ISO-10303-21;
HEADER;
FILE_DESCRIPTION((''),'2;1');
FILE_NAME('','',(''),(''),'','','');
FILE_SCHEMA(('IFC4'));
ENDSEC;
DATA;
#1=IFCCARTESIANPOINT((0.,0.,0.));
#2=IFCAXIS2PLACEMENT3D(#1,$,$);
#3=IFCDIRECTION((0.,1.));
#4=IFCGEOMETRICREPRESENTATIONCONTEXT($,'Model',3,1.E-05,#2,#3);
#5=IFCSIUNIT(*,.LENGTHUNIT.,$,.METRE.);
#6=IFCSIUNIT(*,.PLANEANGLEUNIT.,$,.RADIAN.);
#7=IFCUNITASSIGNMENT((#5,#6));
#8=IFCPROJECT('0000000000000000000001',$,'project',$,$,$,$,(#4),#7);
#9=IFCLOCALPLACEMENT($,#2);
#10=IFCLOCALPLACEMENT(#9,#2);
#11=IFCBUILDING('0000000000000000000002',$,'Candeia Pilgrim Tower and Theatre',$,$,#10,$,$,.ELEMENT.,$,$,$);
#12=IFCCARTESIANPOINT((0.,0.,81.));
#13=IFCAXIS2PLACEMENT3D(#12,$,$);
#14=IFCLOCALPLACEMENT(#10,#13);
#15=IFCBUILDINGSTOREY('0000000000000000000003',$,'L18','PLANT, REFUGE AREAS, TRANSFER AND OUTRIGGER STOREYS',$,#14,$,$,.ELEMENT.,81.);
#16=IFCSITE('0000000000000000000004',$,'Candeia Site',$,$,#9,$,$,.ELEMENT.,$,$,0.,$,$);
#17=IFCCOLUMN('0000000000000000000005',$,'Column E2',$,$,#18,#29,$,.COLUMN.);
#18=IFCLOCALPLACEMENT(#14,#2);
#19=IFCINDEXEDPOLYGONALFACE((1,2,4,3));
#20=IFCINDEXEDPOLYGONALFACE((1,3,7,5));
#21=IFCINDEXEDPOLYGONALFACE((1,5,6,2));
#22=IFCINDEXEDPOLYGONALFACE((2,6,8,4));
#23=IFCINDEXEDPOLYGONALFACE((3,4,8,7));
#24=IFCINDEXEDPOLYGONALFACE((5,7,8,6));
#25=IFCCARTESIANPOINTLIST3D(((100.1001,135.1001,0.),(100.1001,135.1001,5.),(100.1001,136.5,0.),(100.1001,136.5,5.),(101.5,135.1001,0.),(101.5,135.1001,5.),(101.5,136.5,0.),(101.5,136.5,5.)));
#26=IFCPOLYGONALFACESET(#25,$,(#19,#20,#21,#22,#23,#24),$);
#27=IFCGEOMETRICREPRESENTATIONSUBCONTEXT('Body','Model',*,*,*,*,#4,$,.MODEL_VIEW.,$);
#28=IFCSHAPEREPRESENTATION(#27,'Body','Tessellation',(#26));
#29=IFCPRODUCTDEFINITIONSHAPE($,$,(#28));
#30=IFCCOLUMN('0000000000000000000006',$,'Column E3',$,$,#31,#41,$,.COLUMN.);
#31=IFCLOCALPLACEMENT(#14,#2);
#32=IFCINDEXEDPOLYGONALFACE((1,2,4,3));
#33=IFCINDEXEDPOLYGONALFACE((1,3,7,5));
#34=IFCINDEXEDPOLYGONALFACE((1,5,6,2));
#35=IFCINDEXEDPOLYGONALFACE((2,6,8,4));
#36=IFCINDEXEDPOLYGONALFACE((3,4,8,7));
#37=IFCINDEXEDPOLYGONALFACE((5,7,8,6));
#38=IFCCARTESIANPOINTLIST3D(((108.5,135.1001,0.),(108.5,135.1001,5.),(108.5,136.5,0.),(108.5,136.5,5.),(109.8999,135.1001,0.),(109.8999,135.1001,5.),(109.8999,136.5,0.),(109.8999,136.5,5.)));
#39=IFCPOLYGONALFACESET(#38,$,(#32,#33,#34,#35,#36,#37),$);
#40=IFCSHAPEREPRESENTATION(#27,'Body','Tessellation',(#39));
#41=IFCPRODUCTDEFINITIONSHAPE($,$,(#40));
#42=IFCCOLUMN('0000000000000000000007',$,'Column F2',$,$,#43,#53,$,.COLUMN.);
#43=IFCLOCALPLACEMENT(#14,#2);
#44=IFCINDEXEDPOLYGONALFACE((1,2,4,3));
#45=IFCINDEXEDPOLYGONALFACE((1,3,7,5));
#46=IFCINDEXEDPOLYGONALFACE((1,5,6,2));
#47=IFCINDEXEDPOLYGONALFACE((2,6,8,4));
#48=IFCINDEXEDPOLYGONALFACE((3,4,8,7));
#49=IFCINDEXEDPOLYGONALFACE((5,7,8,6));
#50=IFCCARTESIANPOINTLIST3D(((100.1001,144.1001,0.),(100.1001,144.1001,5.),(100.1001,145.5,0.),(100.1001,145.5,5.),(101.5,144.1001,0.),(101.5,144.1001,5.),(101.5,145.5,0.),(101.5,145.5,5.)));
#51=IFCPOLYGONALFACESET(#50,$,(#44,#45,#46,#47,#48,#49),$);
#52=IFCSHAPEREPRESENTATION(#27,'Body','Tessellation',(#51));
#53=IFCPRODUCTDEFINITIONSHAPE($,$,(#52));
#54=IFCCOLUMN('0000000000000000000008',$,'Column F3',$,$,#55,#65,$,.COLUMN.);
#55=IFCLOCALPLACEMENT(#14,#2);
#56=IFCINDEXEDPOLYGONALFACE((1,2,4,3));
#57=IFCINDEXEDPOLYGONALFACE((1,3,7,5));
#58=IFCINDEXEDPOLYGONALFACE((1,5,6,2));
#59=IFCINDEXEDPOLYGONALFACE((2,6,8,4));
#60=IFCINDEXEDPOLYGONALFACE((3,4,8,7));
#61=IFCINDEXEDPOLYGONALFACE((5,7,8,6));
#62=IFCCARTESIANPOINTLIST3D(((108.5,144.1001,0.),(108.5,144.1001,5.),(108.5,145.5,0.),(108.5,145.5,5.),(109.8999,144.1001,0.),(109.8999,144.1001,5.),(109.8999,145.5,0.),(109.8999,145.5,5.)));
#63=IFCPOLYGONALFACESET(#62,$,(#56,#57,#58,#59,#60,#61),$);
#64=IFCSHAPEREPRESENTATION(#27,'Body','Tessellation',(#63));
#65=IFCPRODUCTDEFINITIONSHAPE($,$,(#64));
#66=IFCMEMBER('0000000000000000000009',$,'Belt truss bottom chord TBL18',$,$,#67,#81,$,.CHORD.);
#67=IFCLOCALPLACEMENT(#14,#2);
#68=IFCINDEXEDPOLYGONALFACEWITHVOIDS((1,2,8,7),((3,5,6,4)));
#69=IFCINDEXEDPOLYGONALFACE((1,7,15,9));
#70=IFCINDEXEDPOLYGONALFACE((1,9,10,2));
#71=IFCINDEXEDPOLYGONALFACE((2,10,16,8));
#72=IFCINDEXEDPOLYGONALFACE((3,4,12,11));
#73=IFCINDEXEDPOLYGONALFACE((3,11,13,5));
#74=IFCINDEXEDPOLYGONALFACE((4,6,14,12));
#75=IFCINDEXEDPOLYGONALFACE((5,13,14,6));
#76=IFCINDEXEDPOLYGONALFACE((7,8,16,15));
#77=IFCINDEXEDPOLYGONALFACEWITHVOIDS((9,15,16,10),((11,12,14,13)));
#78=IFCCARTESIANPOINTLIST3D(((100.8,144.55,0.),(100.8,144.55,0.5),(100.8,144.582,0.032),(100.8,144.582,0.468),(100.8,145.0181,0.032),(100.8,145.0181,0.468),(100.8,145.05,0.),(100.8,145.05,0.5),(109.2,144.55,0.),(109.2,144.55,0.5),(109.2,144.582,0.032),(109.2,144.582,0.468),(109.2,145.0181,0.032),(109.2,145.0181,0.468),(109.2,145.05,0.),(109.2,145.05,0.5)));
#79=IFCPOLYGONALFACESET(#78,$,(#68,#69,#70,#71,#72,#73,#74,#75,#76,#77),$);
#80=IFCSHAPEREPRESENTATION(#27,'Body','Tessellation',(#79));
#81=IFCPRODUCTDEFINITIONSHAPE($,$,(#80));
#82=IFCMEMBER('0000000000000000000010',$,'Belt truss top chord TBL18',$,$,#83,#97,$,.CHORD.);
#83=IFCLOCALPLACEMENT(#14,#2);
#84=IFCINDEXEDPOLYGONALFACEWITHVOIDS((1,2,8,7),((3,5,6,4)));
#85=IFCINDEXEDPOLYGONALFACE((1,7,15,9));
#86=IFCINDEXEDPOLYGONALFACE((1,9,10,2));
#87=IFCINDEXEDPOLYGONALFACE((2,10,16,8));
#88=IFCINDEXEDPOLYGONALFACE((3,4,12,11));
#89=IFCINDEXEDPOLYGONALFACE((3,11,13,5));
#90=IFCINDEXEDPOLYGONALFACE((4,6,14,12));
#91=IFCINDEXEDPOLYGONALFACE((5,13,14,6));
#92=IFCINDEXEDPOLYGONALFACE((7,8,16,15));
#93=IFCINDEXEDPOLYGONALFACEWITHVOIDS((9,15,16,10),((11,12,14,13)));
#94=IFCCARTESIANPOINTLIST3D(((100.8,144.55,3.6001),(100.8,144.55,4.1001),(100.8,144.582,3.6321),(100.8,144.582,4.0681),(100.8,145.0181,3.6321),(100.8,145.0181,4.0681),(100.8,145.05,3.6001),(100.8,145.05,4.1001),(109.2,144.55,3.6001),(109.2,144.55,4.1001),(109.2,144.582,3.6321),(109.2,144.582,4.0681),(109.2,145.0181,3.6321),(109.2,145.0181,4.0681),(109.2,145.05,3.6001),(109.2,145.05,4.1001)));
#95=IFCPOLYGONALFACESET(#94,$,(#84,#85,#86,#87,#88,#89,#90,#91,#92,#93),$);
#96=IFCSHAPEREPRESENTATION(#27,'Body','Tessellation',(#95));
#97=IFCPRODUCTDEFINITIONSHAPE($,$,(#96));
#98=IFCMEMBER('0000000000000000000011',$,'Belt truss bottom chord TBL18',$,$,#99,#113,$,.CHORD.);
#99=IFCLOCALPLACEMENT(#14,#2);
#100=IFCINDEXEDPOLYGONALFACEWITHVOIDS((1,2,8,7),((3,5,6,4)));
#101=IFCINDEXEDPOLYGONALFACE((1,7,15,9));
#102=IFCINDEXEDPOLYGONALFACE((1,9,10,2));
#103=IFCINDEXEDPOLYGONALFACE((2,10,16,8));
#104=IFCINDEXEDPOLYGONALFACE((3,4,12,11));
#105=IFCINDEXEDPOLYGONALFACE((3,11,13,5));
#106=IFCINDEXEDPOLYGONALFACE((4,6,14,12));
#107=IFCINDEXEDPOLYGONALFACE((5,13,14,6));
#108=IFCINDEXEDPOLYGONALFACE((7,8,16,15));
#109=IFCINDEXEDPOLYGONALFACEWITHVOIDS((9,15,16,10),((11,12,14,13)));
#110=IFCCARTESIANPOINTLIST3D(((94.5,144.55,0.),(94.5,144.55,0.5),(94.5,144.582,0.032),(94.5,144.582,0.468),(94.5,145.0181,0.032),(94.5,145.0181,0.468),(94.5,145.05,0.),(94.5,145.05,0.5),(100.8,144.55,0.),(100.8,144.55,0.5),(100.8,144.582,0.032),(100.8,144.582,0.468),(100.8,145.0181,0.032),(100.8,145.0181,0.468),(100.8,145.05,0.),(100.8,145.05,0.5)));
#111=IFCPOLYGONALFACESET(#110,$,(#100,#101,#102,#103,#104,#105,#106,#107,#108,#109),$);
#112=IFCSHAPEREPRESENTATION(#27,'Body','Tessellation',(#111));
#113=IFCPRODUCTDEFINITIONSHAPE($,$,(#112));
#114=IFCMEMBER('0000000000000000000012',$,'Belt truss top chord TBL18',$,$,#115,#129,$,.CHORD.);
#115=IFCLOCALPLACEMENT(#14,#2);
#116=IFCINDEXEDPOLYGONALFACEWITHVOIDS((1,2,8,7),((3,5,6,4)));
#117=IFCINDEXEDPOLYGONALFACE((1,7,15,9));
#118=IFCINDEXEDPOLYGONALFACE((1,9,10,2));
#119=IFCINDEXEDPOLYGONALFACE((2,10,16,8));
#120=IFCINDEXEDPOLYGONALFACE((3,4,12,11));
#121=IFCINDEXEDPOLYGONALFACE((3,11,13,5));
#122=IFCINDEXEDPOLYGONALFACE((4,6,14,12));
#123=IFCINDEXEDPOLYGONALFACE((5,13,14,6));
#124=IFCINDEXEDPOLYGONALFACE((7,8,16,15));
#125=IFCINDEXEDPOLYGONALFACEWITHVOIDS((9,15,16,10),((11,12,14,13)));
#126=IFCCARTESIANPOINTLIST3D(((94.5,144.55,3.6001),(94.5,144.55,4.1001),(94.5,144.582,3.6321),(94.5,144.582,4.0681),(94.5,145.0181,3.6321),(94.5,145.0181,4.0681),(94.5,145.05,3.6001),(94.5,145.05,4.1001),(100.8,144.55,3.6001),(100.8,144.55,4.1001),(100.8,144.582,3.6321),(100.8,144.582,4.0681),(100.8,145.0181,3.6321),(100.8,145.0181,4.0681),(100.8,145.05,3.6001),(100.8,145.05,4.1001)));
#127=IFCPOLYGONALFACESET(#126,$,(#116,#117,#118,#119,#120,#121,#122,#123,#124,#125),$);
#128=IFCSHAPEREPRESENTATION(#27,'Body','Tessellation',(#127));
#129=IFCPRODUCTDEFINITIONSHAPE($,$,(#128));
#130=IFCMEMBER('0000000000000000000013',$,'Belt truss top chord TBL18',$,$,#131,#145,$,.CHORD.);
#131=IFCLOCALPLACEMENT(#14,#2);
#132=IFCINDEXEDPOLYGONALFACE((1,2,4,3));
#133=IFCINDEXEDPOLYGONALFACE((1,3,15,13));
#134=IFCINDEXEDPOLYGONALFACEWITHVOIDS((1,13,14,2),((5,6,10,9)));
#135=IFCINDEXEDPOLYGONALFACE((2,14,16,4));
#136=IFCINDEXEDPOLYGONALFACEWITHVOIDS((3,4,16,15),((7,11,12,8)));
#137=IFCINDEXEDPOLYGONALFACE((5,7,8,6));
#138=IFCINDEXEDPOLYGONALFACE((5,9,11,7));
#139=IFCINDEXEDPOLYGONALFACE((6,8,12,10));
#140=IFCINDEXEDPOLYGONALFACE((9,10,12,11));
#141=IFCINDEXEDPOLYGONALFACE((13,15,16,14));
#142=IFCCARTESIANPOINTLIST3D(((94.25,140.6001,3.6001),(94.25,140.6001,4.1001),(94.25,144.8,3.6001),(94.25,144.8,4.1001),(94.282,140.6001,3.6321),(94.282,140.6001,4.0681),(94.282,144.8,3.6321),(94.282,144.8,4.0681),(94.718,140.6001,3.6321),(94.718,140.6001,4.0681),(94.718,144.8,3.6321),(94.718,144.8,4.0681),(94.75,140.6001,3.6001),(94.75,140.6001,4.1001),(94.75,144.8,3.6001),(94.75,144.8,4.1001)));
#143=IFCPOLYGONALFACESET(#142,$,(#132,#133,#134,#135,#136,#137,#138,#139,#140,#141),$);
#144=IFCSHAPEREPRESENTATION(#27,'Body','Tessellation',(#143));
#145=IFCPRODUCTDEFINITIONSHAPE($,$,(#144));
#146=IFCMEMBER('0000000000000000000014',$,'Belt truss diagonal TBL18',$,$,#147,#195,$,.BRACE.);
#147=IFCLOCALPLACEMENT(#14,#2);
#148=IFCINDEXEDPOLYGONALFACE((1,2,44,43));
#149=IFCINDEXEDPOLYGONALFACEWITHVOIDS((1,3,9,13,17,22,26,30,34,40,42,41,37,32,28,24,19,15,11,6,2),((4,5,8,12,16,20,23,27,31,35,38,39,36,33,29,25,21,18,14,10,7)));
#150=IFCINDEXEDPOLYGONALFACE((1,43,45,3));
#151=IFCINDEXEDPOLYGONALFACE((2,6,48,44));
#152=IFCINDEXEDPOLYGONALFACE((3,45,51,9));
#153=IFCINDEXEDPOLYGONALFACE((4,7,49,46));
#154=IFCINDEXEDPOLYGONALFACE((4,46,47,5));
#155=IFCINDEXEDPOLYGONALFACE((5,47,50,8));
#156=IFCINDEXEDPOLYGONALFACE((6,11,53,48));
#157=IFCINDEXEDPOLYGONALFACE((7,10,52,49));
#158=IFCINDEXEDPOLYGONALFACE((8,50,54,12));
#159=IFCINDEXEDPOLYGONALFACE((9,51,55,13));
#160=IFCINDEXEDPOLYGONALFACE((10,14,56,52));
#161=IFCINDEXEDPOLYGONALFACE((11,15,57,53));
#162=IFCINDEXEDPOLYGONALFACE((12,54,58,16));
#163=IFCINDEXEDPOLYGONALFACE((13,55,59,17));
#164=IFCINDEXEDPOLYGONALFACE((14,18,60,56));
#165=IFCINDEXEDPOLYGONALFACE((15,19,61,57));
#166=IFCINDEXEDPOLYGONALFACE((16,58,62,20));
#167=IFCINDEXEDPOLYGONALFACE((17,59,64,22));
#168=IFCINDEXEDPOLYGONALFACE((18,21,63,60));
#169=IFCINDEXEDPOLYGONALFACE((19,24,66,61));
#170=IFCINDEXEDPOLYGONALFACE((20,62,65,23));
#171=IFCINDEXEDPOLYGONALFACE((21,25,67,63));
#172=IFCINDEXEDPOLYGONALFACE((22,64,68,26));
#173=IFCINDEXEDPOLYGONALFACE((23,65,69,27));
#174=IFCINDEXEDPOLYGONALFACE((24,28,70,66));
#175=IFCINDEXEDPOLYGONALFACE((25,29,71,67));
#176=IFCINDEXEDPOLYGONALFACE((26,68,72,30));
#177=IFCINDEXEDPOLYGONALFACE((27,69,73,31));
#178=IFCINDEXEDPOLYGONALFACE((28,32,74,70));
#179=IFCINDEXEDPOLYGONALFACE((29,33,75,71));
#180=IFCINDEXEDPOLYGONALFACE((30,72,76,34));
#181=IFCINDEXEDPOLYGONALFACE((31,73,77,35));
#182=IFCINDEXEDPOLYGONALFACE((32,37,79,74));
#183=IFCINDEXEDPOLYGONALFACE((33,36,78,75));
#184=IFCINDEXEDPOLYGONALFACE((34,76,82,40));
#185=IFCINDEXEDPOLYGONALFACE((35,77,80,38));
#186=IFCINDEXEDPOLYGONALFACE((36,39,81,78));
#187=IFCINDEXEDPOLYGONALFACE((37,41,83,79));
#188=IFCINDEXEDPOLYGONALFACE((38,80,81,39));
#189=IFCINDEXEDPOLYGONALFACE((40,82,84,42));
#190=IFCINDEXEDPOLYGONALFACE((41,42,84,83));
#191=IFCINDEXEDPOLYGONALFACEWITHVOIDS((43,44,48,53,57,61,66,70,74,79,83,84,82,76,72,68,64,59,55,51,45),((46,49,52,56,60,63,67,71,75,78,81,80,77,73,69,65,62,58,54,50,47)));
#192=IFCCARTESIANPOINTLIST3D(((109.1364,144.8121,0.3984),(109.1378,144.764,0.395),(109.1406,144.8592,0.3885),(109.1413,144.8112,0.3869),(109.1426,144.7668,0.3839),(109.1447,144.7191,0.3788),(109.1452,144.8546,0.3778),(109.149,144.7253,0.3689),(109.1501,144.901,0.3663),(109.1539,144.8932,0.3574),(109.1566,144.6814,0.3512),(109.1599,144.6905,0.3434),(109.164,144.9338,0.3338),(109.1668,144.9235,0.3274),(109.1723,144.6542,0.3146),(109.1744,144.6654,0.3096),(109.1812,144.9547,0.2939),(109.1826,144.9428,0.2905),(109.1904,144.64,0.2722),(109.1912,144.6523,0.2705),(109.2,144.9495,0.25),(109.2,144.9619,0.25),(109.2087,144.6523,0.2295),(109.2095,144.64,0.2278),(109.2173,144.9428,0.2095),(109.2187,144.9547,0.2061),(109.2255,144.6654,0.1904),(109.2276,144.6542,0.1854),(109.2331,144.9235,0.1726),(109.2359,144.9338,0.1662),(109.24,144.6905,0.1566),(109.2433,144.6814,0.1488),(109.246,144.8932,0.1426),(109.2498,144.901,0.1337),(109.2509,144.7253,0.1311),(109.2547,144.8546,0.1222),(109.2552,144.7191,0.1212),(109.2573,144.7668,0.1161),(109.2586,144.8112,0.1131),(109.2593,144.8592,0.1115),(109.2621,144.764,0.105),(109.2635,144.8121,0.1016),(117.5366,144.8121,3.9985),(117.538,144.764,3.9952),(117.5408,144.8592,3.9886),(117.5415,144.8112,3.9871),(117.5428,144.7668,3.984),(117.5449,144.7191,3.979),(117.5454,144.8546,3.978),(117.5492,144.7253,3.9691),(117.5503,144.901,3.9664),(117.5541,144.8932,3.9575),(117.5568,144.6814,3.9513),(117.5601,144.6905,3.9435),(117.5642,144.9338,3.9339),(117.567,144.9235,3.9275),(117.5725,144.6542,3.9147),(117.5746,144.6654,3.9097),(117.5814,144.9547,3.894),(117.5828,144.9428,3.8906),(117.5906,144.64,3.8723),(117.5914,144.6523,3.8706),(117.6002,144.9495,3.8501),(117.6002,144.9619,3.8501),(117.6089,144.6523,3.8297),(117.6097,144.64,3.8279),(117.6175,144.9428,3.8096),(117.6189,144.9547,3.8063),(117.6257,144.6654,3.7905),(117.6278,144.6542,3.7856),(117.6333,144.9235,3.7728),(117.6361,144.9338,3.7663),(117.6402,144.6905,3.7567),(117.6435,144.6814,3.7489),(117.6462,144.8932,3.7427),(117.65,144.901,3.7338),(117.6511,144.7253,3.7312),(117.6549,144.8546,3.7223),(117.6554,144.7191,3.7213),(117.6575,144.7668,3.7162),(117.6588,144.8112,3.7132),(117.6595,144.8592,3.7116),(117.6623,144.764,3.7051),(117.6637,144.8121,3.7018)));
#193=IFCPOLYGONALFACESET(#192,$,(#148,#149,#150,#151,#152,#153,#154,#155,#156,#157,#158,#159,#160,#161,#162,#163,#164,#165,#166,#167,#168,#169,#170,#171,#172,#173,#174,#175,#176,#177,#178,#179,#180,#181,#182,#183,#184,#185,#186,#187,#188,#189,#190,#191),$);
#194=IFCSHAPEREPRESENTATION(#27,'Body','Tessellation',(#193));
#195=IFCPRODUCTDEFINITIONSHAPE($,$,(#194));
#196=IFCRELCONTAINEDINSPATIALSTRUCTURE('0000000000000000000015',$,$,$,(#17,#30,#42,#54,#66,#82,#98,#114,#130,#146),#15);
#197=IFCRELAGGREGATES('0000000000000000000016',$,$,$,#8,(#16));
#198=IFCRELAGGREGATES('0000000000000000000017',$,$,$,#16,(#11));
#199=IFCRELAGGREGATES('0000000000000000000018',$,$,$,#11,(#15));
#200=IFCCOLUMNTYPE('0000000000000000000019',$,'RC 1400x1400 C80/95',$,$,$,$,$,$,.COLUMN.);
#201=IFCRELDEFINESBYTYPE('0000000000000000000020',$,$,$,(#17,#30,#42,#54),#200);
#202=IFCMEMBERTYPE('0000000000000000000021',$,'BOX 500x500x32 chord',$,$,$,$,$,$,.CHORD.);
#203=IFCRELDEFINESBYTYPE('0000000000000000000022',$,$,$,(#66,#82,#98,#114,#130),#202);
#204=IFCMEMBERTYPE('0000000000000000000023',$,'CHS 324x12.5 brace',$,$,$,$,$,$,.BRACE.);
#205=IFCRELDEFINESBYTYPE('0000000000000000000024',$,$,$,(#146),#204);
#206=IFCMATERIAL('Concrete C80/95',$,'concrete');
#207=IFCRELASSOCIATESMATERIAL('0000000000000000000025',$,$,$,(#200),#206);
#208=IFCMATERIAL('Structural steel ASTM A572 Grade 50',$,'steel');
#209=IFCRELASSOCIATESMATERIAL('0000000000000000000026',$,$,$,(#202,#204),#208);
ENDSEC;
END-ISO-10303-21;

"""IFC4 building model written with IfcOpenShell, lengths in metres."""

from ifc_helpers import new_model, si_unit, direction, frame, origin, origin_2d, place, context, subcontext, project, spatial, rectangle, hollow_rectangle, hollow_circle, extrude, material, material_profile, profile_set, type_object, element, save


model = new_model("IFC4")

# Units and contexts
model_context = context("Model", 3, precision=1e-05, world=origin(), true_north=direction((0.0, 1.0)))
body_context = subcontext(model_context, "Body", "Model", "MODEL_VIEW")
ifc_project = project(units=[si_unit("LENGTHUNIT", "METRE"), si_unit("PLANEANGLEUNIT", "RADIAN")], contexts=[model_context])

# Site, building, storey
site_placement = place(None, origin())
site = spatial("IfcSite", under=ifc_project, at=site_placement, Name="Candeia Site", CompositionType="ELEMENT", RefElevation=0.0)
building_placement = place(site_placement, origin())
building = spatial("IfcBuilding", under=site, at=building_placement, Name="Candeia Pilgrim Tower and Theatre", CompositionType="ELEMENT")
storey_placement = place(building_placement, frame((0.0, 0.0, 81.0)))
storey = spatial("IfcBuildingStorey", under=building, at=storey_placement, Name="L18", Description="PLANT, REFUGE AREAS, TRANSFER AND OUTRIGGER STOREYS", CompositionType="ELEMENT", Elevation=81.0)

# Columns
ifc_material_1 = material(Name="Concrete C80/95", Category="concrete")
ifc_material_profile_1 = material_profile(ifc_material_1, rectangle(XDim=1.3999, YDim=1.3999, at=origin_2d()))
ifc_profile_set_1 = profile_set([ifc_material_profile_1], Name="Concrete C80/95")
column_type = type_object("IfcColumnType", Name="RC 1400x1400 C80/95", PredefinedType="COLUMN", material=ifc_profile_set_1)
for number, where, z_axis, x_axis, name in (
    (1, (100.8, 135.8, 0.0), (0.0, 0.0, 1.0), (1.0, 0.0, 0.0), "Column E2"),
    (2, (109.2, 135.8, 0.0), (0.0, 0.0, 1.0), (1.0, 0.0, 0.0), "Column E3"),
    (3, (100.8, 144.8, 0.0), (0.0, 0.0, 1.0), (1.0, 0.0, 0.0), "Column F2"),
    (4, (109.2, 144.8, 0.0), (0.0, 0.0, 1.0), (1.0, 0.0, 0.0), "Column F3"),
):
    element("IfcColumn", number, at=place(storey_placement, frame(where, z_axis=z_axis, x_axis=x_axis)), inside=storey, type_object=column_type, Name=name, PredefinedType="COLUMN", context=body_context, shape_type="SweptSolid", body=[
        extrude(rectangle(XDim=1.3999, YDim=1.3999, at=origin_2d()), origin(), (0.0, 0.0, 1.0), 5.0),
    ])

# Members
ifc_material_2 = material(Name="Structural steel ASTM A572 Grade 50", Category="steel")
ifc_material_profile_2 = material_profile(ifc_material_2, hollow_rectangle(XDim=0.5, YDim=0.5, WallThickness=0.032, at=origin_2d()))
ifc_profile_set_2 = profile_set([ifc_material_profile_2], Name="Structural steel ASTM A572 Grade 50")
member_type_1 = type_object("IfcMemberType", Name="BOX 500x500x32 chord", PredefinedType="CHORD", material=ifc_profile_set_2)
for number, where, z_axis, x_axis, name in (
    (5, (109.2, 144.8, 0.25), (-1.0, 0.0, 0.0), (0.0, -1.0, 0.0), "Belt truss bottom chord TBL18"),
    (6, (109.2, 144.8, 3.8501), (-1.0, 0.0, 0.0), (0.0, -1.0, 0.0), "Belt truss top chord TBL18"),
):
    element("IfcMember", number, at=place(storey_placement, frame(where, z_axis=z_axis, x_axis=x_axis)), inside=storey, type_object=member_type_1, Name=name, PredefinedType="CHORD", context=body_context, shape_type="SweptSolid", body=[
        extrude(hollow_rectangle(XDim=0.5, YDim=0.5, WallThickness=0.032, at=origin_2d()), origin(), (0.0, 0.0, 1.0), 8.3999),
    ])
for number, where, z_axis, x_axis, name in (
    (7, (100.8, 144.8, 0.25), (-1.0, 0.0, 0.0), (0.0, -1.0, 0.0), "Belt truss bottom chord TBL18"),
    (8, (100.8, 144.8, 3.8501), (-1.0, 0.0, 0.0), (0.0, -1.0, 0.0), "Belt truss top chord TBL18"),
):
    element("IfcMember", number, at=place(storey_placement, frame(where, z_axis=z_axis, x_axis=x_axis)), inside=storey, type_object=member_type_1, Name=name, PredefinedType="CHORD", context=body_context, shape_type="SweptSolid", body=[
        extrude(hollow_rectangle(XDim=0.5, YDim=0.5, WallThickness=0.032, at=origin_2d()), origin(), (0.0, 0.0, 1.0), 6.3),
    ])
member_1_placement = place(storey_placement, frame((94.5, 144.8, 3.8501), z_axis=(0.0, -1.0, 0.0), x_axis=(1.0, 0.0, 0.0)))
element("IfcMember", 9, at=member_1_placement, inside=storey, type_object=member_type_1, Name="Belt truss top chord TBL18", PredefinedType="CHORD", context=body_context, shape_type="SweptSolid", body=[
    extrude(hollow_rectangle(XDim=0.5, YDim=0.5, WallThickness=0.032, at=origin_2d()), origin(), (0.0, 0.0, 1.0), 4.2),
])
ifc_material_profile_3 = material_profile(ifc_material_2, hollow_circle(Radius=0.1619, WallThickness=0.0125, at=origin_2d()))
ifc_profile_set_3 = profile_set([ifc_material_profile_3], Name="Structural steel ASTM A572 Grade 50")
member_type_2 = type_object("IfcMemberType", Name="CHS 324x12.5 brace", PredefinedType="BRACE", material=ifc_profile_set_3)
member_2_placement = place(storey_placement, frame((109.2, 144.8, 0.25), z_axis=(0.919144, 0.0, 0.393923), x_axis=(0.0, 1.0, 0.0)))
element("IfcMember", 10, at=member_2_placement, inside=storey, type_object=member_type_2, Name="Belt truss diagonal TBL18", PredefinedType="BRACE", context=body_context, shape_type="SweptSolid", body=[
    extrude(hollow_circle(Radius=0.1619, WallThickness=0.0125, at=origin_2d()), origin(), (0.0, 0.0, 1.0), 9.1392),
])

save(model, "model.ifc")
